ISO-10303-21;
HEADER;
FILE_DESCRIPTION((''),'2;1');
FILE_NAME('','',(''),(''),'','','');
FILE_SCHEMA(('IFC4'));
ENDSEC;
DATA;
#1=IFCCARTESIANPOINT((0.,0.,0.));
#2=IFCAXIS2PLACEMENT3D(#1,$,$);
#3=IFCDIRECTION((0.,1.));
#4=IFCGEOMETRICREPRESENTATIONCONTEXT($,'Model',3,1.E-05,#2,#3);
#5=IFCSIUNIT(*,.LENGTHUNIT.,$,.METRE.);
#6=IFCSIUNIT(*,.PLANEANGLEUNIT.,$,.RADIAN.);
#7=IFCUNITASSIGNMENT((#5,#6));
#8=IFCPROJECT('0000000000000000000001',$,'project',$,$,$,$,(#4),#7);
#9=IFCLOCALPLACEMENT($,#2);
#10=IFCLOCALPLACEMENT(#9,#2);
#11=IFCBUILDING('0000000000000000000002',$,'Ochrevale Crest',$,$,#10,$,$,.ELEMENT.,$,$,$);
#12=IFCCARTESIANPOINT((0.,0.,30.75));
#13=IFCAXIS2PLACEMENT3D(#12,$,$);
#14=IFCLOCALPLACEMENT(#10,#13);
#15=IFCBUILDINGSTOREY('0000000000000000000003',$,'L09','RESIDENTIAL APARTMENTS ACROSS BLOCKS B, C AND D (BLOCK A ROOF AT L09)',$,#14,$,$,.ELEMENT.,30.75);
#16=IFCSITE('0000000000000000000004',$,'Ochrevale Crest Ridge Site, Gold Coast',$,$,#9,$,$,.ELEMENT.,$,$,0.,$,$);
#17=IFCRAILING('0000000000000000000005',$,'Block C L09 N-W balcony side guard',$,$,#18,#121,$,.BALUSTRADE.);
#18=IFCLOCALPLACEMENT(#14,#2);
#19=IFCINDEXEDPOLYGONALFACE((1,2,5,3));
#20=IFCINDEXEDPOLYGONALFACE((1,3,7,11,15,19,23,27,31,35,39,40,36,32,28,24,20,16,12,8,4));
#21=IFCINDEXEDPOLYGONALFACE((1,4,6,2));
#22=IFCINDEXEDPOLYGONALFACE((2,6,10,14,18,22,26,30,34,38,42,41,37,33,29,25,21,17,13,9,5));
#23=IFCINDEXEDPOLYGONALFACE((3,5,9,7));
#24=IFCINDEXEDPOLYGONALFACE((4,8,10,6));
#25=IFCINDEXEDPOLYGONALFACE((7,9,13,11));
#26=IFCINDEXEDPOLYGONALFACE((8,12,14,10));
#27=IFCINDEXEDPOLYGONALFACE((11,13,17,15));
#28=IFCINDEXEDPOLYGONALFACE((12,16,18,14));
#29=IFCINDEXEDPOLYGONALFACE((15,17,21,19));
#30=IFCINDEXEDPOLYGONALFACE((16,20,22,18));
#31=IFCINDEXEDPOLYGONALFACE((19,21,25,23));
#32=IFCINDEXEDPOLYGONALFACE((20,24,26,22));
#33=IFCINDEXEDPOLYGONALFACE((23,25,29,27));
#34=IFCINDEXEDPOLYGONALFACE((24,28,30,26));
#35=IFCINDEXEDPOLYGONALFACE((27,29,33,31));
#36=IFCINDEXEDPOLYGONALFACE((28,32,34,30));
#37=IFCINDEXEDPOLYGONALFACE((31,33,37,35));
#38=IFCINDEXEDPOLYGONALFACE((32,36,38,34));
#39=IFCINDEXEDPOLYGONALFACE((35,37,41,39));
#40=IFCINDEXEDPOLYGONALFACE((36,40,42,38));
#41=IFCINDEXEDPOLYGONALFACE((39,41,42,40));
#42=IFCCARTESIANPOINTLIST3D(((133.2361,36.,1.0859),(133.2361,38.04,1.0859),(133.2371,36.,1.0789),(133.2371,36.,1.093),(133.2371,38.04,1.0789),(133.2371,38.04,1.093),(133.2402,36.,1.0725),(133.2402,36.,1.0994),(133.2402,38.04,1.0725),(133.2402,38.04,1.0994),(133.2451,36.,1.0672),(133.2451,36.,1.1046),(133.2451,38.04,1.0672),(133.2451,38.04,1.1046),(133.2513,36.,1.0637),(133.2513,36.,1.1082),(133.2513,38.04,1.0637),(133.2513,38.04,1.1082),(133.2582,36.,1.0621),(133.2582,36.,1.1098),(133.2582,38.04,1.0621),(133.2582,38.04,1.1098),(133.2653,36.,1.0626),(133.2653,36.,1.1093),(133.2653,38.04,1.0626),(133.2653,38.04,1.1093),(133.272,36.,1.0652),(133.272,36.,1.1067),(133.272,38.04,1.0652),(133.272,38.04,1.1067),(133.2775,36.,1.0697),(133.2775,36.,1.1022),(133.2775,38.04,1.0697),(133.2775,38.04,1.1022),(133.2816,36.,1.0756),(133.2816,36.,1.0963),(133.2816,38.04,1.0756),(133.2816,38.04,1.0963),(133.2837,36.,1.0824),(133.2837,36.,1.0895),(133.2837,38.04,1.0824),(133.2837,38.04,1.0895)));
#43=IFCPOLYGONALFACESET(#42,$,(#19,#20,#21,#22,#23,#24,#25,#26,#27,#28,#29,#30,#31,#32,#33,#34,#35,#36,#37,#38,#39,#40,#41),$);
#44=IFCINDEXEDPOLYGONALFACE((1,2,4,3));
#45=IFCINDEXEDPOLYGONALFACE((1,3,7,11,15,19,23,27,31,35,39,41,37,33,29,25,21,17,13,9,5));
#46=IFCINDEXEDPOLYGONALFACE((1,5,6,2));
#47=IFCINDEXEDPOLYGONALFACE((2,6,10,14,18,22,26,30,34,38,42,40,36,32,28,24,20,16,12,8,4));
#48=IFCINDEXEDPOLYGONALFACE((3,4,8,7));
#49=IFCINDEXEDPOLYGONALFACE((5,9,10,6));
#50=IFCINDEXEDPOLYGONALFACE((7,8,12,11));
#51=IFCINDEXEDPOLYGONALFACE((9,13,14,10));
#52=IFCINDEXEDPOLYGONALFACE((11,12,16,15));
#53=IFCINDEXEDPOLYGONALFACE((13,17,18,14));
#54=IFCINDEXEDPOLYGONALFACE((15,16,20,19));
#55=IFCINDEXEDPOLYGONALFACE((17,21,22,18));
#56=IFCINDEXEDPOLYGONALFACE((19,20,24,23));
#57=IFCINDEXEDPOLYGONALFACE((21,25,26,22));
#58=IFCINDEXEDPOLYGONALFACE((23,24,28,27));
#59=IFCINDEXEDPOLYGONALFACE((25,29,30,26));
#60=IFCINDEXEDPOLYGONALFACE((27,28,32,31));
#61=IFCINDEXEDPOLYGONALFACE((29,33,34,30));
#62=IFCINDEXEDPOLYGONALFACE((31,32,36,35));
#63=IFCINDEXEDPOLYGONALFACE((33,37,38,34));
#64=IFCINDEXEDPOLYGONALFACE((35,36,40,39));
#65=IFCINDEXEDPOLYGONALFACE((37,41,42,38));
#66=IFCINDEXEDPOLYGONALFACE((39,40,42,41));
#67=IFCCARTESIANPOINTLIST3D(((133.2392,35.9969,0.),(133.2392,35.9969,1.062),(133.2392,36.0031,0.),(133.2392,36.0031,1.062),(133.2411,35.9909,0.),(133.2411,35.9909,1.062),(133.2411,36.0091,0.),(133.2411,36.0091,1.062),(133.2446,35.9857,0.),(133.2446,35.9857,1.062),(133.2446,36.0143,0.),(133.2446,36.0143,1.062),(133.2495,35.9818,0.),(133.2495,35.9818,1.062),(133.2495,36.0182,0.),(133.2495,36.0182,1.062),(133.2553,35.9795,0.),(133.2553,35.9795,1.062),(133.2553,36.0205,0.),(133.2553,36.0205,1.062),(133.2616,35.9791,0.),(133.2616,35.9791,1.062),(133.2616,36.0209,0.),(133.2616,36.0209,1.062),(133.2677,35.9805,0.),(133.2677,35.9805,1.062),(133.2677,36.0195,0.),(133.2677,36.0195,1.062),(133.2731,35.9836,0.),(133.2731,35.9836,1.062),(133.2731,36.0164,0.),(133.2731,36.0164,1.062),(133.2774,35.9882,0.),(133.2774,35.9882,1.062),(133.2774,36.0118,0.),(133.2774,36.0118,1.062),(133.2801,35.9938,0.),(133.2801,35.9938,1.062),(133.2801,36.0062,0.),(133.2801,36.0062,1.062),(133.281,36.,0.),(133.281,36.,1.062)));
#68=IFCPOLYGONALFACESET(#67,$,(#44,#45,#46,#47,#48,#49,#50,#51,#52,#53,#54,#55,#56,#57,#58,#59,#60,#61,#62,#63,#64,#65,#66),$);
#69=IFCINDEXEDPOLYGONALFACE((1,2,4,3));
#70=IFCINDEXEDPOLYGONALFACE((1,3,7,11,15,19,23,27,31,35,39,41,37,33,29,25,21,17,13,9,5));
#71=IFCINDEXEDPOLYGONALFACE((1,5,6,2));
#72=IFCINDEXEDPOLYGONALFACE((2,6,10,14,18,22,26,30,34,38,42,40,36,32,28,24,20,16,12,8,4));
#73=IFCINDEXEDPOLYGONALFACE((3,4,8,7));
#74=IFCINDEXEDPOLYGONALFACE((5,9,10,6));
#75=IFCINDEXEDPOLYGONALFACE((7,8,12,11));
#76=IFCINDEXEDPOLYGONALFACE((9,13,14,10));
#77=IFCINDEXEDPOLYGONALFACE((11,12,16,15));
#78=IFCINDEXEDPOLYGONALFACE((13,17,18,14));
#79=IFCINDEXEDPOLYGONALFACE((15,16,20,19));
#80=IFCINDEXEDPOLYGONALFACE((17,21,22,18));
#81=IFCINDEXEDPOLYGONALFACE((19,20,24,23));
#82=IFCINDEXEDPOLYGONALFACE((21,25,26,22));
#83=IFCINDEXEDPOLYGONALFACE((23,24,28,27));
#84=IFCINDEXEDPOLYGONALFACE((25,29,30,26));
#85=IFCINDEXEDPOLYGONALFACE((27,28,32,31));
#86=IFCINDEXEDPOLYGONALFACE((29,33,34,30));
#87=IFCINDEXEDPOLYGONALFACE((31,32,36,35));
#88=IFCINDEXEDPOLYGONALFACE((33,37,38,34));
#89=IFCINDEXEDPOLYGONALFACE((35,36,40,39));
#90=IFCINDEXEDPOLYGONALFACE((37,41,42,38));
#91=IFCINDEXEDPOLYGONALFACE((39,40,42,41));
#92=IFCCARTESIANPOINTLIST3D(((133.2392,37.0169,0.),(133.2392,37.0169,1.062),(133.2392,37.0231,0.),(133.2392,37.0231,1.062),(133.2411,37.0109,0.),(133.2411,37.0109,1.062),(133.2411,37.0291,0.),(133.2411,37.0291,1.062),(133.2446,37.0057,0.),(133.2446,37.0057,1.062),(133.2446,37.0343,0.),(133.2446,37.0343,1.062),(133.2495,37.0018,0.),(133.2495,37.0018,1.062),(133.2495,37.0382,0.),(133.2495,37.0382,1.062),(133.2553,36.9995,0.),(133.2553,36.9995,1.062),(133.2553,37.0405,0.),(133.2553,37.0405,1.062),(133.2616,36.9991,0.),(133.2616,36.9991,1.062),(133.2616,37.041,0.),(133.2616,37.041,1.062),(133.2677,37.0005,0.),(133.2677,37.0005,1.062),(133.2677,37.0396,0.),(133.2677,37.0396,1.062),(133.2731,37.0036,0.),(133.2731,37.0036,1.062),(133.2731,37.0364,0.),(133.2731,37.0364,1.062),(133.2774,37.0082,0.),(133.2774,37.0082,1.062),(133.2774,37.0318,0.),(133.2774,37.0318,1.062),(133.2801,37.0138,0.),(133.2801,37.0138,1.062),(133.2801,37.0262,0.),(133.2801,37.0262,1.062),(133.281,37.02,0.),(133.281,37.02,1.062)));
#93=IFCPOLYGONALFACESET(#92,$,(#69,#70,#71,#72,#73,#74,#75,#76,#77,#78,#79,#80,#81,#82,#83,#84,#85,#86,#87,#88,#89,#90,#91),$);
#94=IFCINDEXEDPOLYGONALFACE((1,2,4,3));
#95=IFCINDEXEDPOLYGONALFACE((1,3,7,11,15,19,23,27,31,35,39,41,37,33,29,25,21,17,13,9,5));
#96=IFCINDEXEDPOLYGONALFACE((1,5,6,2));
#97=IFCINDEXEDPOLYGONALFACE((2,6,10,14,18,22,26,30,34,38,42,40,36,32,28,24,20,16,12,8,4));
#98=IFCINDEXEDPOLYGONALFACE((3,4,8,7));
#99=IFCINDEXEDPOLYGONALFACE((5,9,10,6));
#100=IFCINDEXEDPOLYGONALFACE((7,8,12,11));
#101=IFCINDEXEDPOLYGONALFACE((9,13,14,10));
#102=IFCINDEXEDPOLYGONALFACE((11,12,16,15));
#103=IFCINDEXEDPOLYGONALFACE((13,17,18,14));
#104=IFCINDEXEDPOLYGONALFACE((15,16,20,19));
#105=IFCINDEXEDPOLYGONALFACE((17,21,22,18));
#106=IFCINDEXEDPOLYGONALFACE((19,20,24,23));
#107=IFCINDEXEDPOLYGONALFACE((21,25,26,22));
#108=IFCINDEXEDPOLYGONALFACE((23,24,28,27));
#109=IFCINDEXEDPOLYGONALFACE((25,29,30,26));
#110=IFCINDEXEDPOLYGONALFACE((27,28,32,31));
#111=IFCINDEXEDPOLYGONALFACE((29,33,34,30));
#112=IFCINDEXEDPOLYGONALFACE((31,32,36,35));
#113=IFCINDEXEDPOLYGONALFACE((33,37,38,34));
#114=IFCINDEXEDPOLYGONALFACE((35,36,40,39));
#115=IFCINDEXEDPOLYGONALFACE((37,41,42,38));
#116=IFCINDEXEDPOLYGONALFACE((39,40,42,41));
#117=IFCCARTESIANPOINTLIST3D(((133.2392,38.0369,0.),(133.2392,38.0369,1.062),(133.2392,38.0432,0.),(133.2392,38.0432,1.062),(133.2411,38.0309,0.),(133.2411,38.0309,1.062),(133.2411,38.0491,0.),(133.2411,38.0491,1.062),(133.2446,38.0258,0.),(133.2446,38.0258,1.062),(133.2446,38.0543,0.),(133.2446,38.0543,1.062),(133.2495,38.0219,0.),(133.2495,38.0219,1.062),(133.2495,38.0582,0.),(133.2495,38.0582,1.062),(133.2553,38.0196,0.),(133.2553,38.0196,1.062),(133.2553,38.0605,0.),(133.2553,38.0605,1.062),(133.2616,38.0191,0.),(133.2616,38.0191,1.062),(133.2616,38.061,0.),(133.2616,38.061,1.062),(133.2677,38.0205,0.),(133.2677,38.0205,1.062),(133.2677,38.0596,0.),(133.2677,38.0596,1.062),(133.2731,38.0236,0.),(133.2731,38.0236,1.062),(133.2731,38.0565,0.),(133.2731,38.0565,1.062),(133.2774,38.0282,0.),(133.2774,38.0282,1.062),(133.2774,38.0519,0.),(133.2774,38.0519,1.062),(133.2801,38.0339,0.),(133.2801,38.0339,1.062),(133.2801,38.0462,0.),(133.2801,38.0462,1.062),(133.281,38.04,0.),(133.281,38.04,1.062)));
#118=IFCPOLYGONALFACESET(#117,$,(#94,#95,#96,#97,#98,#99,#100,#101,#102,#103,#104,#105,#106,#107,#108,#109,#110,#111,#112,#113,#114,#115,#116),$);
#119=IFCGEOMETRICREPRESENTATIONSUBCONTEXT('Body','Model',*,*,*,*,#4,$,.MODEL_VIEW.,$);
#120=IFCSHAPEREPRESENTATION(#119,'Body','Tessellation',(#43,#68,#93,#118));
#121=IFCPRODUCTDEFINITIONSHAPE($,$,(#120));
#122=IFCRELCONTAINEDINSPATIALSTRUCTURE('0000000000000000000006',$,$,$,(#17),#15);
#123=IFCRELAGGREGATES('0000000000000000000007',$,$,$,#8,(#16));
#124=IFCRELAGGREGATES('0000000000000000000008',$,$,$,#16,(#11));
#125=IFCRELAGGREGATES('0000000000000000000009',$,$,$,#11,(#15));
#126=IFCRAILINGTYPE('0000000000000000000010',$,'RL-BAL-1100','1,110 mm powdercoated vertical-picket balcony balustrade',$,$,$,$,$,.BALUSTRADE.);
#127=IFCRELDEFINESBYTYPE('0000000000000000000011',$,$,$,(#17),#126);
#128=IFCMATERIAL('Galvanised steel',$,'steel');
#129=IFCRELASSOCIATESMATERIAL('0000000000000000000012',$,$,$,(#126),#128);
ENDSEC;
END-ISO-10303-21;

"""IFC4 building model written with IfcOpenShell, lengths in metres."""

from ifc_helpers import new_model, si_unit, direction, frame, origin, origin_2d, place, context, subcontext, project, spatial, circle, extrude, material, type_object, element, save


model = new_model("IFC4")

# Units and contexts
model_context = context("Model", 3, precision=1e-05, world=origin(), true_north=direction((0.0, 1.0)))
body_context = subcontext(model_context, "Body", "Model", "MODEL_VIEW")
ifc_project = project(units=[si_unit("LENGTHUNIT", "METRE"), si_unit("PLANEANGLEUNIT", "RADIAN")], contexts=[model_context])

# Site, building, storey
site_placement = place(None, origin())
site = spatial("IfcSite", under=ifc_project, at=site_placement, Name="Ochrevale Crest Ridge Site, Gold Coast", CompositionType="ELEMENT", RefElevation=0.0)
building_placement = place(site_placement, origin())
building = spatial("IfcBuilding", under=site, at=building_placement, Name="Ochrevale Crest", CompositionType="ELEMENT")
storey_placement = place(building_placement, frame((0.0, 0.0, 30.75)))
storey = spatial("IfcBuildingStorey", under=building, at=storey_placement, Name="L09", Description="RESIDENTIAL APARTMENTS ACROSS BLOCKS B, C AND D (BLOCK A ROOF AT L09)", CompositionType="ELEMENT", Elevation=30.75)

# Railing
ifc_material_1 = material(Name="Galvanised steel", Category="steel")
railing_type_1 = type_object("IfcRailingType", Name="RL-BAL-1100", Description="1,110 mm powdercoated vertical-picket balcony balustrade", PredefinedType="BALUSTRADE", material=ifc_material_1)
railing_1_placement = place(storey_placement, frame((133.26, 36.0, 0.0)))
element("IfcRailing", 1, at=railing_1_placement, inside=storey, type_object=railing_type_1, Name="Block C L09 N-W balcony side guard", PredefinedType="BALUSTRADE", context=body_context, shape_type="SweptSolid", body=[
    extrude(circle(Radius=0.0239, at=origin_2d()), frame((0.0, 0.0, 1.0859), z_axis=(0.0, 1.0, 0.0), x_axis=(-1.0, 0.0, 0.0)), (0.0, 0.0, 1.0), 2.04),
    extrude(circle(Radius=0.021, at=origin_2d()), origin(), (0.0, 0.0, 1.0), 1.062),
    extrude(circle(Radius=0.021, at=origin_2d()), frame((0.0, 1.02, 0.0)), (0.0, 0.0, 1.0), 1.062),
    extrude(circle(Radius=0.021, at=origin_2d()), frame((0.0, 2.04, 0.0)), (0.0, 0.0, 1.0), 1.062),
])

save(model, "model.ifc")
